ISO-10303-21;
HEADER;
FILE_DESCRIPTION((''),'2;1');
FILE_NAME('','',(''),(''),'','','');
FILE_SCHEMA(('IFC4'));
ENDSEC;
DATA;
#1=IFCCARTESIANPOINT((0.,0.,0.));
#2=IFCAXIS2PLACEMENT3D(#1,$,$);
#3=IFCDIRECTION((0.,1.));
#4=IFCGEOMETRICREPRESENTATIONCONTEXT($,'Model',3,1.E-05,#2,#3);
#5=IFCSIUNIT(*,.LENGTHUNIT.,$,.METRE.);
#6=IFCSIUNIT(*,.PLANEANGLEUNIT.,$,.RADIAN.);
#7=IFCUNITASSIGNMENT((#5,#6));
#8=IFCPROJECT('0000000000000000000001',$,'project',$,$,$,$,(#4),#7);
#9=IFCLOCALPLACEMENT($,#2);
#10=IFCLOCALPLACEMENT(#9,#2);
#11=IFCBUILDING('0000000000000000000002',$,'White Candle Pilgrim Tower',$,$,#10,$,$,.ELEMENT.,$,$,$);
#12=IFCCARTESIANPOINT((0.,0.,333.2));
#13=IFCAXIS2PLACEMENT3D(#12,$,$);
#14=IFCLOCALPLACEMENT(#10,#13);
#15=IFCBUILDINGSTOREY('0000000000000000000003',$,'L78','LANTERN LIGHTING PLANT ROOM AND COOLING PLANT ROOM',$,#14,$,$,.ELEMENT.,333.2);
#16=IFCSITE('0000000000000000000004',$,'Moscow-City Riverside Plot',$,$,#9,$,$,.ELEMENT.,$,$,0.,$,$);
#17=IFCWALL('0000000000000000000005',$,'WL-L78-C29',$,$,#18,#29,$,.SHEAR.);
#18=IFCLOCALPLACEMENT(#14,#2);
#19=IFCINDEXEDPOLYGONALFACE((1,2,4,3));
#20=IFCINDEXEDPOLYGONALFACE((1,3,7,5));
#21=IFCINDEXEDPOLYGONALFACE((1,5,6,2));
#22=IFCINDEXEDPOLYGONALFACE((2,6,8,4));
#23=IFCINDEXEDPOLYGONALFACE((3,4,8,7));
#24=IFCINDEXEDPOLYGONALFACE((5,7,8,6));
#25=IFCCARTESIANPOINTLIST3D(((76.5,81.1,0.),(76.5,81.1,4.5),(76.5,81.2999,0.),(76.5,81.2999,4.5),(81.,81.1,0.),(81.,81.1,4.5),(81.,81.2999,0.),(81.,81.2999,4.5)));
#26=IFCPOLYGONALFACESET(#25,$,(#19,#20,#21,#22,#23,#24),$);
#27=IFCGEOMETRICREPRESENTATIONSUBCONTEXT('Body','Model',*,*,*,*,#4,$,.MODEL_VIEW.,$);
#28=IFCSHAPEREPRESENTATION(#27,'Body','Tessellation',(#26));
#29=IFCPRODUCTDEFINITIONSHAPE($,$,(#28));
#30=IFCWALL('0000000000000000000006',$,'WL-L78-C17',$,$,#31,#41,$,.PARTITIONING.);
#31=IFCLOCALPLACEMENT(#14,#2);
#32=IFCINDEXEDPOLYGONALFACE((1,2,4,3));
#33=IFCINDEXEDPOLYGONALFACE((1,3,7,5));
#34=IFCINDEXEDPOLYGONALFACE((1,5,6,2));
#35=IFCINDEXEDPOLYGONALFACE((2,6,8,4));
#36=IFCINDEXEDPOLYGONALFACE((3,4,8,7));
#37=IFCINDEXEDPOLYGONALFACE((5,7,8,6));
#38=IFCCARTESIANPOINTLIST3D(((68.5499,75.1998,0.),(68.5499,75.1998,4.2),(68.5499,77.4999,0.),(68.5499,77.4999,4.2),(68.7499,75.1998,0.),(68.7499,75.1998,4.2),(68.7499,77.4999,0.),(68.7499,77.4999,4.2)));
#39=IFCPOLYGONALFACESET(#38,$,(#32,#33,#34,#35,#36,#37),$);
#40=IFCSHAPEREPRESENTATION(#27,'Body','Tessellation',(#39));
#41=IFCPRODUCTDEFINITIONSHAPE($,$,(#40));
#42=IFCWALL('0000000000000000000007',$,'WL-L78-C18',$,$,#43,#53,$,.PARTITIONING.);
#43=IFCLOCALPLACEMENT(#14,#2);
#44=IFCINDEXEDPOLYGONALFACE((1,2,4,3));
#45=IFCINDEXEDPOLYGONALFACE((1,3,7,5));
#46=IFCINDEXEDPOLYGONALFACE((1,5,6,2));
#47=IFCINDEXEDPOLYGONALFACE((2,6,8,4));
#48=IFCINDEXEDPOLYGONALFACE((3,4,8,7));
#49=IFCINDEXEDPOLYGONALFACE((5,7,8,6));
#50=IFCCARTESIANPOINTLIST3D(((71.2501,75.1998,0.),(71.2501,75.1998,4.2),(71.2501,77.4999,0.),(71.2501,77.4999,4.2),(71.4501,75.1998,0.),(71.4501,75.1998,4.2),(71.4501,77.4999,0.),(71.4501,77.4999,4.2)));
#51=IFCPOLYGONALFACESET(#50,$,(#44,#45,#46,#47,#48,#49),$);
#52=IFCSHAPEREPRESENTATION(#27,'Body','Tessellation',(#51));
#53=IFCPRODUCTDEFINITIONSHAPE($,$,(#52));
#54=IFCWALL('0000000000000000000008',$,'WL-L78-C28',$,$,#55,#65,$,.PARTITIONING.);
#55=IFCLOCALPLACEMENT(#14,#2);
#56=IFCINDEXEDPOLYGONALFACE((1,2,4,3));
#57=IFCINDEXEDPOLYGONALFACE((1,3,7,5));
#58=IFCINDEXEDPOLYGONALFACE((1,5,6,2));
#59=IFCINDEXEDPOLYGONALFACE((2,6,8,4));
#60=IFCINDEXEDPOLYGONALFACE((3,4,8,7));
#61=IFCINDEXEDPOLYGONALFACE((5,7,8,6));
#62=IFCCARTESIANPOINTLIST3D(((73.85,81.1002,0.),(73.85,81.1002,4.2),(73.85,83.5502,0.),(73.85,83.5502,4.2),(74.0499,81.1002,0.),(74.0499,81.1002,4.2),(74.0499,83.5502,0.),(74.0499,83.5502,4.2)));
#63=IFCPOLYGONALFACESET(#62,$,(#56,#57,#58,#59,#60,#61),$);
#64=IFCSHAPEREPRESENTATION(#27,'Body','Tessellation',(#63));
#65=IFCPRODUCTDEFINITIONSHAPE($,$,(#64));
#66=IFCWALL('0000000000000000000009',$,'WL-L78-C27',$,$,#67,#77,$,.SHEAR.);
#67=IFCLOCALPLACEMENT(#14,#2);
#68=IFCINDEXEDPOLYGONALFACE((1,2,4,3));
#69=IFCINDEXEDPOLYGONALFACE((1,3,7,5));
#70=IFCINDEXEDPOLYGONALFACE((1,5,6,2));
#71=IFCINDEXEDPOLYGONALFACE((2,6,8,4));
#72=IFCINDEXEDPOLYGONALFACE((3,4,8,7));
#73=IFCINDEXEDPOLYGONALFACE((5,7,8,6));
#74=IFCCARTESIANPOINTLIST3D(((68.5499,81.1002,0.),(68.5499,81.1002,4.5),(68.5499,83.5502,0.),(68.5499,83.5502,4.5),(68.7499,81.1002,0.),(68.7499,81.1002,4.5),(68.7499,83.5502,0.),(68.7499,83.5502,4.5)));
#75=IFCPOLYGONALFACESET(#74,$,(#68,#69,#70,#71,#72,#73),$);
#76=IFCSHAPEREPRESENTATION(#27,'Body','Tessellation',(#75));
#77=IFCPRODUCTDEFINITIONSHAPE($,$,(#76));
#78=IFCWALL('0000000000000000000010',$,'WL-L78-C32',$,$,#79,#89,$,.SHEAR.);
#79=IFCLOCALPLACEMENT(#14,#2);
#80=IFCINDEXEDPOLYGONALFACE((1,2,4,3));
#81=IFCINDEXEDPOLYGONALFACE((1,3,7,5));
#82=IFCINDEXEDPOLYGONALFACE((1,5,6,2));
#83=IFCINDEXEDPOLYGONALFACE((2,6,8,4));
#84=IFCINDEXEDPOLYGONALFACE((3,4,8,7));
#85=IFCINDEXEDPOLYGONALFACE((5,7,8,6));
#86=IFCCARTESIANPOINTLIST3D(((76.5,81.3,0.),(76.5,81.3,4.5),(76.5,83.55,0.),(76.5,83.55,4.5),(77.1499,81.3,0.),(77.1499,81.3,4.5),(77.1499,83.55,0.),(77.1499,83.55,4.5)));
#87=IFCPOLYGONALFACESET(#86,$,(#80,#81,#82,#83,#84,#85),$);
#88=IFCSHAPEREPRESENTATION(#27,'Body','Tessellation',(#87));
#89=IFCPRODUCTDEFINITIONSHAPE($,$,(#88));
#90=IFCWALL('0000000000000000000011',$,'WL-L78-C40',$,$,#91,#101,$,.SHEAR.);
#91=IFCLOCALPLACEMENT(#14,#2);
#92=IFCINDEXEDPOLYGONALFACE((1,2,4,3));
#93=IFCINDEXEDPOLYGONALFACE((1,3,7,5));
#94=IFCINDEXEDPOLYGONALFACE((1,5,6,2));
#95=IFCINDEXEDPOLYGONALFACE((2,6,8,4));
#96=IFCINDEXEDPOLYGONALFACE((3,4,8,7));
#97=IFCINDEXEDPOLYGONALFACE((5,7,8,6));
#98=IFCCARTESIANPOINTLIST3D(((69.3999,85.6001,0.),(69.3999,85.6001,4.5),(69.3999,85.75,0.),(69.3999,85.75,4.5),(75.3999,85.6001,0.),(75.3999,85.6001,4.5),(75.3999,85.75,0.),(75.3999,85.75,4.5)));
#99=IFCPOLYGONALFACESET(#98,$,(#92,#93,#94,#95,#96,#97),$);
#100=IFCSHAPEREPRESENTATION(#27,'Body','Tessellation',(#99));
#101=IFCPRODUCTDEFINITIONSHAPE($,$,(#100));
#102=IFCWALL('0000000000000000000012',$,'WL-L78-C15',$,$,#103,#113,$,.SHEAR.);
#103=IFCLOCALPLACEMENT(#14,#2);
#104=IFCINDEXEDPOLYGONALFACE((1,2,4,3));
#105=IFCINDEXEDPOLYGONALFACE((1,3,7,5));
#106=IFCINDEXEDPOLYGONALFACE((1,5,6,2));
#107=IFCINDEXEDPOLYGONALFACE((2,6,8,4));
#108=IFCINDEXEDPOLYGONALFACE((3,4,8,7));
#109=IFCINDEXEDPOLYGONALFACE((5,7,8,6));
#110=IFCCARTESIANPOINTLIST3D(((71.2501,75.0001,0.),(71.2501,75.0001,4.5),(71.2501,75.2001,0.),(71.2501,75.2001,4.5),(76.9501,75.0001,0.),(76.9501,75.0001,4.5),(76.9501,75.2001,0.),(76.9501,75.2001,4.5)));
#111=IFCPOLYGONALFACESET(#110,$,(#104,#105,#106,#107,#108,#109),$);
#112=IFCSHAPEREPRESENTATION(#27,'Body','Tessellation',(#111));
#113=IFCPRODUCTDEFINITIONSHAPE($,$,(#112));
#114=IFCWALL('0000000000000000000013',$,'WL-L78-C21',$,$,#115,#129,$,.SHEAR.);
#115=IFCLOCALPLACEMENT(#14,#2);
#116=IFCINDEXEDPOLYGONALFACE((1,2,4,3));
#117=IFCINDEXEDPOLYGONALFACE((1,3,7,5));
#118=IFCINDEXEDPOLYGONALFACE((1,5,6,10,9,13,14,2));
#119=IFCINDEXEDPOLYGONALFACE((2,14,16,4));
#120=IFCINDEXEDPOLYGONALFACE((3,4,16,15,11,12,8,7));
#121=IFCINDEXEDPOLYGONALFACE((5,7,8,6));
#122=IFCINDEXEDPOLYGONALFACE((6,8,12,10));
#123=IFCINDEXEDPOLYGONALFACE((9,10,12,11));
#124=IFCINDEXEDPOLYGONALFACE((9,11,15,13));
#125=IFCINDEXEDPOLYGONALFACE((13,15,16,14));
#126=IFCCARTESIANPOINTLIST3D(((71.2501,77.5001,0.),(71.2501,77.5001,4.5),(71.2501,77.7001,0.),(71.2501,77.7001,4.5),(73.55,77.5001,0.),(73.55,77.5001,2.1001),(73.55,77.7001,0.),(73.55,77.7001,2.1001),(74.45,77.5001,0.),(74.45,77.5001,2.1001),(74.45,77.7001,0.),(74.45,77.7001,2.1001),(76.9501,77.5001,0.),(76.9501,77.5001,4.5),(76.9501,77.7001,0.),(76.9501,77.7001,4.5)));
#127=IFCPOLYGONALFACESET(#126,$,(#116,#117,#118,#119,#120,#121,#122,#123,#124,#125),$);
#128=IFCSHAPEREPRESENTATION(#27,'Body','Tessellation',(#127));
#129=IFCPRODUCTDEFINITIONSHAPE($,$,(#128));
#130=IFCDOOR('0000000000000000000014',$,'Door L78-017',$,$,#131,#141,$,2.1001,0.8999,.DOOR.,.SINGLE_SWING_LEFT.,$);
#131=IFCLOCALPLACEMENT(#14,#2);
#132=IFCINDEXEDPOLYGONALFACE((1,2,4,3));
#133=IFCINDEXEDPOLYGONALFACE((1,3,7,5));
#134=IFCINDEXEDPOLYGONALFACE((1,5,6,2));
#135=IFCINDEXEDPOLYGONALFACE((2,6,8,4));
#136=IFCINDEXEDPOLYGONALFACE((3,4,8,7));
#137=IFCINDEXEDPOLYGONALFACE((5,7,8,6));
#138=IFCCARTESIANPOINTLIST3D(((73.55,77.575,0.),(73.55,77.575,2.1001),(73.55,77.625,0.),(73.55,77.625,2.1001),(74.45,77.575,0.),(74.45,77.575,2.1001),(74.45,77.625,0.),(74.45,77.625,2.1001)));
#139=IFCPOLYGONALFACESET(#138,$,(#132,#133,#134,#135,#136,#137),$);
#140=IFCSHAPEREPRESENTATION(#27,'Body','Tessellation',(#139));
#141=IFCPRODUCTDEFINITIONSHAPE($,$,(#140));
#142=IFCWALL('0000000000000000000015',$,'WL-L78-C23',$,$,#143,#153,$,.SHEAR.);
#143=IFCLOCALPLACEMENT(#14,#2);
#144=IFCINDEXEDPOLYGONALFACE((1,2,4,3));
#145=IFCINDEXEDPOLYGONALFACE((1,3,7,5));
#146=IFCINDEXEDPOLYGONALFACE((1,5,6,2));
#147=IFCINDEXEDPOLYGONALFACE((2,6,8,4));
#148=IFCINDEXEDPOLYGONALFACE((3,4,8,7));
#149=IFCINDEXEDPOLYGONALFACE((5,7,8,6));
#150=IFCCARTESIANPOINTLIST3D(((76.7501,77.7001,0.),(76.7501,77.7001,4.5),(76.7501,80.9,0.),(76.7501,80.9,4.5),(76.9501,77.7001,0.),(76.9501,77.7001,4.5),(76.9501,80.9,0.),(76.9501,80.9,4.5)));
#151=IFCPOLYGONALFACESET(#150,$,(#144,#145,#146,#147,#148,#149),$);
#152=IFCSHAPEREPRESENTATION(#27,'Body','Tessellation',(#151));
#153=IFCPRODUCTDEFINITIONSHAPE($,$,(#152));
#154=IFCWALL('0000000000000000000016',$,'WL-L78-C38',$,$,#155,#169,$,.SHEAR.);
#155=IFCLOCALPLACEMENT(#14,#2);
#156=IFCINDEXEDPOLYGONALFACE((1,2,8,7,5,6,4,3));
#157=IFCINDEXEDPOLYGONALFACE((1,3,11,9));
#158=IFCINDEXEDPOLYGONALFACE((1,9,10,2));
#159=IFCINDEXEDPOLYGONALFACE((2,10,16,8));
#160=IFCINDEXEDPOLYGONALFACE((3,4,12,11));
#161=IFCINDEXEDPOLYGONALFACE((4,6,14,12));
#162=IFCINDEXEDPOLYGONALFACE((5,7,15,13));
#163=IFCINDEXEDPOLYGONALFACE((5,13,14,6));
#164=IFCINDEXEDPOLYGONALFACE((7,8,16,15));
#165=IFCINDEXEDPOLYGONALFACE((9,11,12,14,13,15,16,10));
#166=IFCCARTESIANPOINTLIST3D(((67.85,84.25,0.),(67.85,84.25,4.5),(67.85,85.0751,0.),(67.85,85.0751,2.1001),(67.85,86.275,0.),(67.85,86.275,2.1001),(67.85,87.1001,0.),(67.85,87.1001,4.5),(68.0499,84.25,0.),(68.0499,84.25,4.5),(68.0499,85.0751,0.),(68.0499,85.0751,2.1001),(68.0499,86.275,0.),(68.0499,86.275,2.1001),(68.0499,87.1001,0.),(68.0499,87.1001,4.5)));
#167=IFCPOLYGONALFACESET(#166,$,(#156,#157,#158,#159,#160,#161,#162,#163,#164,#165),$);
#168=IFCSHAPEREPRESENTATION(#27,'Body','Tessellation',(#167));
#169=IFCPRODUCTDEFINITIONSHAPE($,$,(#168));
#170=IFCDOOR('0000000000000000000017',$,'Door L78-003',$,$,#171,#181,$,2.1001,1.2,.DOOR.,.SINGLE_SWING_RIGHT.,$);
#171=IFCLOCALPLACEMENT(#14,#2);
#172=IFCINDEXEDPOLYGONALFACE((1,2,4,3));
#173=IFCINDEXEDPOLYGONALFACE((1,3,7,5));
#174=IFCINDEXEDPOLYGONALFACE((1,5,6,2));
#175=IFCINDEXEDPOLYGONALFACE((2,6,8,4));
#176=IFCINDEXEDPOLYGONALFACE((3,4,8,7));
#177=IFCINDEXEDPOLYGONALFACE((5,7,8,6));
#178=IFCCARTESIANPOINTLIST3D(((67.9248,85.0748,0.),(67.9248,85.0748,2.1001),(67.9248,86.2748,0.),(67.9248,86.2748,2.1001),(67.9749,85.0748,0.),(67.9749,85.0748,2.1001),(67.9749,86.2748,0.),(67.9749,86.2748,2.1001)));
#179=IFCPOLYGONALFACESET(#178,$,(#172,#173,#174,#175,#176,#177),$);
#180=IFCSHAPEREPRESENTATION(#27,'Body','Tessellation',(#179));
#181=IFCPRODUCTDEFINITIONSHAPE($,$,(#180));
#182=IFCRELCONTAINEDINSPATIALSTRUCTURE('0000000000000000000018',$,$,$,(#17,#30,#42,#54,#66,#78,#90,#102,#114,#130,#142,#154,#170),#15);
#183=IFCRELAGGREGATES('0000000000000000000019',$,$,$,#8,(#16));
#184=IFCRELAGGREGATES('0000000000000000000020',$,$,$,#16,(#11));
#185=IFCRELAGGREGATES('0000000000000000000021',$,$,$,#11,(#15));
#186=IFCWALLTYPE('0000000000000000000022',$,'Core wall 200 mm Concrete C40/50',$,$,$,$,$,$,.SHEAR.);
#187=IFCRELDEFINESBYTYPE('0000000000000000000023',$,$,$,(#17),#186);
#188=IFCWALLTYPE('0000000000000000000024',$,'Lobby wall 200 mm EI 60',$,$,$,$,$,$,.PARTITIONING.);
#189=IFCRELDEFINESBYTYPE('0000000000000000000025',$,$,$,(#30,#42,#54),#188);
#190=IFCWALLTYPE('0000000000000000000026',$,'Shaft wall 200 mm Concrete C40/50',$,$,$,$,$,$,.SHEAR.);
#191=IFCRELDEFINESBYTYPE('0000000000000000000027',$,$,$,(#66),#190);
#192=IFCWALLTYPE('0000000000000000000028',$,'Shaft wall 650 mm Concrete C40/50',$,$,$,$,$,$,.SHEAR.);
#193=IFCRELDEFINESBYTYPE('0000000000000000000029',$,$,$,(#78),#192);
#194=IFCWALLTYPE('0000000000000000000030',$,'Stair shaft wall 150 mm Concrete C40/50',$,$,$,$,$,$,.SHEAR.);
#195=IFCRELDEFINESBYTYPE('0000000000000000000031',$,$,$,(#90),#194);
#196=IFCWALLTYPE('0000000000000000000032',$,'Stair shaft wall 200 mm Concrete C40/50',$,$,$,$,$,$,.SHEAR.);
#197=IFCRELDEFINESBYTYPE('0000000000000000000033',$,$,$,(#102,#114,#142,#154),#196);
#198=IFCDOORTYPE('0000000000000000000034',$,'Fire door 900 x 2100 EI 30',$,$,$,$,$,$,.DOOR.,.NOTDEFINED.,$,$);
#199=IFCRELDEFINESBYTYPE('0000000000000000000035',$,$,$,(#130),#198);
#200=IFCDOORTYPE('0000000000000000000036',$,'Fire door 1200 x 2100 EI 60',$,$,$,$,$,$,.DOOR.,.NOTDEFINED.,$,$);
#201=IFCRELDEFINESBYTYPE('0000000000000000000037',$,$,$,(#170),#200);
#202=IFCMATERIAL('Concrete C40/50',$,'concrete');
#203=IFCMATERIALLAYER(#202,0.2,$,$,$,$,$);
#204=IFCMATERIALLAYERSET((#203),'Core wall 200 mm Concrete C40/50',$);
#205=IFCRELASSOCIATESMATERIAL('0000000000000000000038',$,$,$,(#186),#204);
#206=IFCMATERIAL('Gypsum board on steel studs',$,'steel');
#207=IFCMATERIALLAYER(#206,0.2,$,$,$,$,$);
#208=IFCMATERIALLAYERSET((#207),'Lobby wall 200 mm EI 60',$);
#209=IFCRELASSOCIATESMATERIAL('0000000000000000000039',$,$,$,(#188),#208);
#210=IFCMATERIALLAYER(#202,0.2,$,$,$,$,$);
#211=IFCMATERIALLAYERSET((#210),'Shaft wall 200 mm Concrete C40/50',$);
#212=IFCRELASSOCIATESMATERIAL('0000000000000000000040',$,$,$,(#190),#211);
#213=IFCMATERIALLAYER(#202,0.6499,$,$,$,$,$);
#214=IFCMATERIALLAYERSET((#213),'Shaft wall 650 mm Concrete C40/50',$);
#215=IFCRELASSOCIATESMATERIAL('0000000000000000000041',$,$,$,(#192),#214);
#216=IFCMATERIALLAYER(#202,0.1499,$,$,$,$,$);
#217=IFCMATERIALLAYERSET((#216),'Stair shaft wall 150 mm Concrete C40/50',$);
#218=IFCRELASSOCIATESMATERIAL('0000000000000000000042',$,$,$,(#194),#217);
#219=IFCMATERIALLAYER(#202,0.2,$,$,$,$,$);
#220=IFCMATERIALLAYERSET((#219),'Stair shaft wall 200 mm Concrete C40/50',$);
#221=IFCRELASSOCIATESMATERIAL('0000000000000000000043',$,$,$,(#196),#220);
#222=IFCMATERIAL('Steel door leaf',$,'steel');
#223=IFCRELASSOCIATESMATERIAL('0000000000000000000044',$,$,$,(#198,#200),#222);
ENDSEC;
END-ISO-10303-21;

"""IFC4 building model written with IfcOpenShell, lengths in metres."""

from ifc_helpers import new_model, si_unit, direction, frame, frame_2d, origin, place, context, subcontext, project, spatial, rectangle, extrude, material, layer, layer_set, type_object, element, fill, save


model = new_model("IFC4")

# Units and contexts
model_context = context("Model", 3, precision=1e-05, world=origin(), true_north=direction((0.0, 1.0)))
body_context = subcontext(model_context, "Body", "Model", "MODEL_VIEW")
ifc_project = project(units=[si_unit("LENGTHUNIT", "METRE"), si_unit("PLANEANGLEUNIT", "RADIAN")], contexts=[model_context])

# Site, building, storey
site_placement = place(None, origin())
site = spatial("IfcSite", under=ifc_project, at=site_placement, Name="Moscow-City Riverside Plot", CompositionType="ELEMENT", RefElevation=0.0)
building_placement = place(site_placement, origin())
building = spatial("IfcBuilding", under=site, at=building_placement, Name="White Candle Pilgrim Tower", CompositionType="ELEMENT")
storey_placement = place(building_placement, frame((0.0, 0.0, 333.2)))
storey = spatial("IfcBuildingStorey", under=building, at=storey_placement, Name="L78", Description="LANTERN LIGHTING PLANT ROOM AND COOLING PLANT ROOM", CompositionType="ELEMENT", Elevation=333.2)

# Walls
ifc_material_1 = material(Name="Concrete C40/50", Category="concrete")
ifc_layer_1 = layer(ifc_material_1, 0.2)
ifc_layer_set_1 = layer_set([ifc_layer_1], Name="Core wall 200 mm Concrete C40/50")
wall_type_1 = type_object("IfcWallType", Name="Core wall 200 mm Concrete C40/50", PredefinedType="SHEAR", material=ifc_layer_set_1)
wall_1_placement = place(storey_placement, frame((76.5, 81.2, 0.0), z_axis=(0.0, 0.0, 1.0), x_axis=(1.0, 0.0, 0.0)))
element("IfcWall", 1, at=wall_1_placement, inside=storey, type_object=wall_type_1, Name="WL-L78-C29", PredefinedType="SHEAR", context=body_context, shape_type="SweptSolid", body=[
    extrude(rectangle(XDim=4.5, YDim=0.2, at=frame_2d((2.25, 0.0))), origin(), (0.0, 0.0, 1.0), 4.5),
])
ifc_material_2 = material(Name="Gypsum board on steel studs", Category="steel")
ifc_layer_2 = layer(ifc_material_2, 0.2)
ifc_layer_set_2 = layer_set([ifc_layer_2], Name="Lobby wall 200 mm EI 60")
wall_type_2 = type_object("IfcWallType", Name="Lobby wall 200 mm EI 60", PredefinedType="PARTITIONING", material=ifc_layer_set_2)
for number, where, z_axis, x_axis, name in (
    (2, (68.6499, 75.2, 0.0), (0.0, 0.0, 1.0), (0.0, 1.0, 0.0), "WL-L78-C17"),
    (3, (71.3501, 75.2, 0.0), (0.0, 0.0, 1.0), (0.0, 1.0, 0.0), "WL-L78-C18"),
):
    element("IfcWall", number, at=place(storey_placement, frame(where, z_axis=z_axis, x_axis=x_axis)), inside=storey, type_object=wall_type_2, Name=name, PredefinedType="PARTITIONING", context=body_context, shape_type="SweptSolid", body=[
        extrude(rectangle(XDim=2.3, YDim=0.2, at=frame_2d((1.1499, 0.0))), origin(), (0.0, 0.0, 1.0), 4.2),
    ])
wall_2_placement = place(storey_placement, frame((73.95, 81.1001, 0.0), z_axis=(0.0, 0.0, 1.0), x_axis=(0.0, 1.0, 0.0)))
element("IfcWall", 4, at=wall_2_placement, inside=storey, type_object=wall_type_2, Name="WL-L78-C28", PredefinedType="PARTITIONING", context=body_context, shape_type="SweptSolid", body=[
    extrude(rectangle(XDim=2.45, YDim=0.2, at=frame_2d((1.2251, 0.0))), origin(), (0.0, 0.0, 1.0), 4.2),
])
ifc_layer_3 = layer(ifc_material_1, 0.2)
ifc_layer_set_3 = layer_set([ifc_layer_3], Name="Shaft wall 200 mm Concrete C40/50")
wall_type_3 = type_object("IfcWallType", Name="Shaft wall 200 mm Concrete C40/50", PredefinedType="SHEAR", material=ifc_layer_set_3)
wall_3_placement = place(storey_placement, frame((68.6499, 81.1001, 0.0), z_axis=(0.0, 0.0, 1.0), x_axis=(0.0, 1.0, 0.0)))
element("IfcWall", 5, at=wall_3_placement, inside=storey, type_object=wall_type_3, Name="WL-L78-C27", PredefinedType="SHEAR", context=body_context, shape_type="SweptSolid", body=[
    extrude(rectangle(XDim=2.45, YDim=0.2, at=frame_2d((1.2251, 0.0))), origin(), (0.0, 0.0, 1.0), 4.5),
])
ifc_layer_4 = layer(ifc_material_1, 0.6499)
ifc_layer_set_4 = layer_set([ifc_layer_4], Name="Shaft wall 650 mm Concrete C40/50")
wall_type_4 = type_object("IfcWallType", Name="Shaft wall 650 mm Concrete C40/50", PredefinedType="SHEAR", material=ifc_layer_set_4)
wall_4_placement = place(storey_placement, frame((76.825, 81.3, 0.0), z_axis=(0.0, 0.0, 1.0), x_axis=(0.0, 1.0, 0.0)))
element("IfcWall", 6, at=wall_4_placement, inside=storey, type_object=wall_type_4, Name="WL-L78-C32", PredefinedType="SHEAR", context=body_context, shape_type="SweptSolid", body=[
    extrude(rectangle(XDim=2.25, YDim=0.6499, at=frame_2d((1.125, 0.0))), origin(), (0.0, 0.0, 1.0), 4.5),
])
ifc_layer_5 = layer(ifc_material_1, 0.1499)
ifc_layer_set_5 = layer_set([ifc_layer_5], Name="Stair shaft wall 150 mm Concrete C40/50")
wall_type_5 = type_object("IfcWallType", Name="Stair shaft wall 150 mm Concrete C40/50", PredefinedType="SHEAR", material=ifc_layer_set_5)
wall_5_placement = place(storey_placement, frame((69.3999, 85.675, 0.0), z_axis=(0.0, 0.0, 1.0), x_axis=(1.0, 0.0, 0.0)))
element("IfcWall", 7, at=wall_5_placement, inside=storey, type_object=wall_type_5, Name="WL-L78-C40", PredefinedType="SHEAR", context=body_context, shape_type="SweptSolid", body=[
    extrude(rectangle(XDim=6.0, YDim=0.1499, at=frame_2d((3.0, 0.0))), origin(), (0.0, 0.0, 1.0), 4.5),
])
ifc_layer_6 = layer(ifc_material_1, 0.2)
ifc_layer_set_6 = layer_set([ifc_layer_6], Name="Stair shaft wall 200 mm Concrete C40/50")
wall_type_6 = type_object("IfcWallType", Name="Stair shaft wall 200 mm Concrete C40/50", PredefinedType="SHEAR", material=ifc_layer_set_6)
wall_6_placement = place(storey_placement, frame((71.25, 75.1001, 0.0), z_axis=(0.0, 0.0, 1.0), x_axis=(1.0, 0.0, 0.0)))
element("IfcWall", 8, at=wall_6_placement, inside=storey, type_object=wall_type_6, Name="WL-L78-C15", PredefinedType="SHEAR", context=body_context, shape_type="SweptSolid", body=[
    extrude(rectangle(XDim=5.7, YDim=0.2, at=frame_2d((2.8501, 0.0))), origin(), (0.0, 0.0, 1.0), 4.5),
])

# Wall, opening, door
wall_7_placement = place(storey_placement, frame((71.25, 77.6001, 0.0), z_axis=(0.0, 0.0, 1.0), x_axis=(1.0, 0.0, 0.0)))
wall_7 = element("IfcWall", 9, at=wall_7_placement, inside=storey, type_object=wall_type_6, Name="WL-L78-C21", PredefinedType="SHEAR", context=body_context, shape_type="SweptSolid", body=[
    extrude(rectangle(XDim=5.7, YDim=0.2, at=frame_2d((2.8501, 0.0))), origin(), (0.0, 0.0, 1.0), 4.5),
])
opening_1_placement = place(wall_7_placement, frame((2.3, 0.0, 0.0)))
opening_1 = element("IfcOpeningElement", 10, at=opening_1_placement, cuts=wall_7, PredefinedType="OPENING", context=body_context, shape_type="SweptSolid", body=[
    extrude(rectangle(XDim=0.8999, YDim=2.1001, at=frame_2d((0.45, 1.05))), frame((0.0, 0.1099, 0.0), z_axis=(0.0, -1.0, 0.0), x_axis=(1.0, 0.0, 0.0)), (0.0, 0.0, 1.0), 0.22),
])
ifc_material_3 = material(Name="Steel door leaf", Category="steel")
door_type_1 = type_object("IfcDoorType", Name="Fire door 900 x 2100 EI 30", OperationType="NOTDEFINED", PredefinedType="DOOR", material=ifc_material_3)
door_1_placement = place(opening_1_placement, origin())
door_1 = element("IfcDoor", 11, at=door_1_placement, inside=storey, type_object=door_type_1, Name="Door L78-017", OperationType="SINGLE_SWING_LEFT", OverallHeight=2.1001, OverallWidth=0.8999, PredefinedType="DOOR", context=body_context, shape_type="SweptSolid", body=[
    extrude(rectangle(XDim=0.8999, YDim=2.1001, at=frame_2d((0.45, 1.05))), frame((0.0, 0.0249, 0.0), z_axis=(0.0, -1.0, 0.0), x_axis=(1.0, 0.0, 0.0)), (0.0, 0.0, 1.0), 0.05),
])
fill(opening_1, door_1)

# Wall
wall_8_placement = place(storey_placement, frame((76.8501, 77.7, 0.0), z_axis=(0.0, 0.0, 1.0), x_axis=(0.0, 1.0, 0.0)))
element("IfcWall", 12, at=wall_8_placement, inside=storey, type_object=wall_type_6, Name="WL-L78-C23", PredefinedType="SHEAR", context=body_context, shape_type="SweptSolid", body=[
    extrude(rectangle(XDim=3.2, YDim=0.2, at=frame_2d((1.6001, 0.0))), origin(), (0.0, 0.0, 1.0), 4.5),
])

# Wall, opening, door
wall_9_placement = place(storey_placement, frame((67.95, 84.25, 0.0), z_axis=(0.0, 0.0, 1.0), x_axis=(0.0, 1.0, 0.0)))
wall_9 = element("IfcWall", 13, at=wall_9_placement, inside=storey, type_object=wall_type_6, Name="WL-L78-C38", PredefinedType="SHEAR", context=body_context, shape_type="SweptSolid", body=[
    extrude(rectangle(XDim=2.8501, YDim=0.2, at=frame_2d((1.425, 0.0))), origin(), (0.0, 0.0, 1.0), 4.5),
])
opening_2_placement = place(wall_9_placement, frame((0.825, 0.0, 0.0)))
opening_2 = element("IfcOpeningElement", 14, at=opening_2_placement, cuts=wall_9, PredefinedType="OPENING", context=body_context, shape_type="SweptSolid", body=[
    extrude(rectangle(XDim=1.2, YDim=2.1001, at=frame_2d((0.6001, 1.05))), frame((0.0, 0.1099, 0.0), z_axis=(0.0, -1.0, 0.0), x_axis=(1.0, 0.0, 0.0)), (0.0, 0.0, 1.0), 0.22),
])
door_type_2 = type_object("IfcDoorType", Name="Fire door 1200 x 2100 EI 60", OperationType="NOTDEFINED", PredefinedType="DOOR", material=ifc_material_3)
door_2_placement = place(opening_2_placement, frame((1.2, 0.0, 0.0), z_axis=(0.0, 0.0, 1.0), x_axis=(-1.0, 0.0, 0.0)))
door_2 = element("IfcDoor", 15, at=door_2_placement, inside=storey, type_object=door_type_2, Name="Door L78-003", OperationType="SINGLE_SWING_RIGHT", OverallHeight=2.1001, OverallWidth=1.2, PredefinedType="DOOR", context=body_context, shape_type="SweptSolid", body=[
    extrude(rectangle(XDim=1.2, YDim=2.1001, at=frame_2d((0.6001, 1.05))), frame((0.0, 0.0249, 0.0), z_axis=(0.0, -1.0, 0.0), x_axis=(1.0, 0.0, 0.0)), (0.0, 0.0, 1.0), 0.05),
])
fill(opening_2, door_2)

save(model, "model.ifc")
